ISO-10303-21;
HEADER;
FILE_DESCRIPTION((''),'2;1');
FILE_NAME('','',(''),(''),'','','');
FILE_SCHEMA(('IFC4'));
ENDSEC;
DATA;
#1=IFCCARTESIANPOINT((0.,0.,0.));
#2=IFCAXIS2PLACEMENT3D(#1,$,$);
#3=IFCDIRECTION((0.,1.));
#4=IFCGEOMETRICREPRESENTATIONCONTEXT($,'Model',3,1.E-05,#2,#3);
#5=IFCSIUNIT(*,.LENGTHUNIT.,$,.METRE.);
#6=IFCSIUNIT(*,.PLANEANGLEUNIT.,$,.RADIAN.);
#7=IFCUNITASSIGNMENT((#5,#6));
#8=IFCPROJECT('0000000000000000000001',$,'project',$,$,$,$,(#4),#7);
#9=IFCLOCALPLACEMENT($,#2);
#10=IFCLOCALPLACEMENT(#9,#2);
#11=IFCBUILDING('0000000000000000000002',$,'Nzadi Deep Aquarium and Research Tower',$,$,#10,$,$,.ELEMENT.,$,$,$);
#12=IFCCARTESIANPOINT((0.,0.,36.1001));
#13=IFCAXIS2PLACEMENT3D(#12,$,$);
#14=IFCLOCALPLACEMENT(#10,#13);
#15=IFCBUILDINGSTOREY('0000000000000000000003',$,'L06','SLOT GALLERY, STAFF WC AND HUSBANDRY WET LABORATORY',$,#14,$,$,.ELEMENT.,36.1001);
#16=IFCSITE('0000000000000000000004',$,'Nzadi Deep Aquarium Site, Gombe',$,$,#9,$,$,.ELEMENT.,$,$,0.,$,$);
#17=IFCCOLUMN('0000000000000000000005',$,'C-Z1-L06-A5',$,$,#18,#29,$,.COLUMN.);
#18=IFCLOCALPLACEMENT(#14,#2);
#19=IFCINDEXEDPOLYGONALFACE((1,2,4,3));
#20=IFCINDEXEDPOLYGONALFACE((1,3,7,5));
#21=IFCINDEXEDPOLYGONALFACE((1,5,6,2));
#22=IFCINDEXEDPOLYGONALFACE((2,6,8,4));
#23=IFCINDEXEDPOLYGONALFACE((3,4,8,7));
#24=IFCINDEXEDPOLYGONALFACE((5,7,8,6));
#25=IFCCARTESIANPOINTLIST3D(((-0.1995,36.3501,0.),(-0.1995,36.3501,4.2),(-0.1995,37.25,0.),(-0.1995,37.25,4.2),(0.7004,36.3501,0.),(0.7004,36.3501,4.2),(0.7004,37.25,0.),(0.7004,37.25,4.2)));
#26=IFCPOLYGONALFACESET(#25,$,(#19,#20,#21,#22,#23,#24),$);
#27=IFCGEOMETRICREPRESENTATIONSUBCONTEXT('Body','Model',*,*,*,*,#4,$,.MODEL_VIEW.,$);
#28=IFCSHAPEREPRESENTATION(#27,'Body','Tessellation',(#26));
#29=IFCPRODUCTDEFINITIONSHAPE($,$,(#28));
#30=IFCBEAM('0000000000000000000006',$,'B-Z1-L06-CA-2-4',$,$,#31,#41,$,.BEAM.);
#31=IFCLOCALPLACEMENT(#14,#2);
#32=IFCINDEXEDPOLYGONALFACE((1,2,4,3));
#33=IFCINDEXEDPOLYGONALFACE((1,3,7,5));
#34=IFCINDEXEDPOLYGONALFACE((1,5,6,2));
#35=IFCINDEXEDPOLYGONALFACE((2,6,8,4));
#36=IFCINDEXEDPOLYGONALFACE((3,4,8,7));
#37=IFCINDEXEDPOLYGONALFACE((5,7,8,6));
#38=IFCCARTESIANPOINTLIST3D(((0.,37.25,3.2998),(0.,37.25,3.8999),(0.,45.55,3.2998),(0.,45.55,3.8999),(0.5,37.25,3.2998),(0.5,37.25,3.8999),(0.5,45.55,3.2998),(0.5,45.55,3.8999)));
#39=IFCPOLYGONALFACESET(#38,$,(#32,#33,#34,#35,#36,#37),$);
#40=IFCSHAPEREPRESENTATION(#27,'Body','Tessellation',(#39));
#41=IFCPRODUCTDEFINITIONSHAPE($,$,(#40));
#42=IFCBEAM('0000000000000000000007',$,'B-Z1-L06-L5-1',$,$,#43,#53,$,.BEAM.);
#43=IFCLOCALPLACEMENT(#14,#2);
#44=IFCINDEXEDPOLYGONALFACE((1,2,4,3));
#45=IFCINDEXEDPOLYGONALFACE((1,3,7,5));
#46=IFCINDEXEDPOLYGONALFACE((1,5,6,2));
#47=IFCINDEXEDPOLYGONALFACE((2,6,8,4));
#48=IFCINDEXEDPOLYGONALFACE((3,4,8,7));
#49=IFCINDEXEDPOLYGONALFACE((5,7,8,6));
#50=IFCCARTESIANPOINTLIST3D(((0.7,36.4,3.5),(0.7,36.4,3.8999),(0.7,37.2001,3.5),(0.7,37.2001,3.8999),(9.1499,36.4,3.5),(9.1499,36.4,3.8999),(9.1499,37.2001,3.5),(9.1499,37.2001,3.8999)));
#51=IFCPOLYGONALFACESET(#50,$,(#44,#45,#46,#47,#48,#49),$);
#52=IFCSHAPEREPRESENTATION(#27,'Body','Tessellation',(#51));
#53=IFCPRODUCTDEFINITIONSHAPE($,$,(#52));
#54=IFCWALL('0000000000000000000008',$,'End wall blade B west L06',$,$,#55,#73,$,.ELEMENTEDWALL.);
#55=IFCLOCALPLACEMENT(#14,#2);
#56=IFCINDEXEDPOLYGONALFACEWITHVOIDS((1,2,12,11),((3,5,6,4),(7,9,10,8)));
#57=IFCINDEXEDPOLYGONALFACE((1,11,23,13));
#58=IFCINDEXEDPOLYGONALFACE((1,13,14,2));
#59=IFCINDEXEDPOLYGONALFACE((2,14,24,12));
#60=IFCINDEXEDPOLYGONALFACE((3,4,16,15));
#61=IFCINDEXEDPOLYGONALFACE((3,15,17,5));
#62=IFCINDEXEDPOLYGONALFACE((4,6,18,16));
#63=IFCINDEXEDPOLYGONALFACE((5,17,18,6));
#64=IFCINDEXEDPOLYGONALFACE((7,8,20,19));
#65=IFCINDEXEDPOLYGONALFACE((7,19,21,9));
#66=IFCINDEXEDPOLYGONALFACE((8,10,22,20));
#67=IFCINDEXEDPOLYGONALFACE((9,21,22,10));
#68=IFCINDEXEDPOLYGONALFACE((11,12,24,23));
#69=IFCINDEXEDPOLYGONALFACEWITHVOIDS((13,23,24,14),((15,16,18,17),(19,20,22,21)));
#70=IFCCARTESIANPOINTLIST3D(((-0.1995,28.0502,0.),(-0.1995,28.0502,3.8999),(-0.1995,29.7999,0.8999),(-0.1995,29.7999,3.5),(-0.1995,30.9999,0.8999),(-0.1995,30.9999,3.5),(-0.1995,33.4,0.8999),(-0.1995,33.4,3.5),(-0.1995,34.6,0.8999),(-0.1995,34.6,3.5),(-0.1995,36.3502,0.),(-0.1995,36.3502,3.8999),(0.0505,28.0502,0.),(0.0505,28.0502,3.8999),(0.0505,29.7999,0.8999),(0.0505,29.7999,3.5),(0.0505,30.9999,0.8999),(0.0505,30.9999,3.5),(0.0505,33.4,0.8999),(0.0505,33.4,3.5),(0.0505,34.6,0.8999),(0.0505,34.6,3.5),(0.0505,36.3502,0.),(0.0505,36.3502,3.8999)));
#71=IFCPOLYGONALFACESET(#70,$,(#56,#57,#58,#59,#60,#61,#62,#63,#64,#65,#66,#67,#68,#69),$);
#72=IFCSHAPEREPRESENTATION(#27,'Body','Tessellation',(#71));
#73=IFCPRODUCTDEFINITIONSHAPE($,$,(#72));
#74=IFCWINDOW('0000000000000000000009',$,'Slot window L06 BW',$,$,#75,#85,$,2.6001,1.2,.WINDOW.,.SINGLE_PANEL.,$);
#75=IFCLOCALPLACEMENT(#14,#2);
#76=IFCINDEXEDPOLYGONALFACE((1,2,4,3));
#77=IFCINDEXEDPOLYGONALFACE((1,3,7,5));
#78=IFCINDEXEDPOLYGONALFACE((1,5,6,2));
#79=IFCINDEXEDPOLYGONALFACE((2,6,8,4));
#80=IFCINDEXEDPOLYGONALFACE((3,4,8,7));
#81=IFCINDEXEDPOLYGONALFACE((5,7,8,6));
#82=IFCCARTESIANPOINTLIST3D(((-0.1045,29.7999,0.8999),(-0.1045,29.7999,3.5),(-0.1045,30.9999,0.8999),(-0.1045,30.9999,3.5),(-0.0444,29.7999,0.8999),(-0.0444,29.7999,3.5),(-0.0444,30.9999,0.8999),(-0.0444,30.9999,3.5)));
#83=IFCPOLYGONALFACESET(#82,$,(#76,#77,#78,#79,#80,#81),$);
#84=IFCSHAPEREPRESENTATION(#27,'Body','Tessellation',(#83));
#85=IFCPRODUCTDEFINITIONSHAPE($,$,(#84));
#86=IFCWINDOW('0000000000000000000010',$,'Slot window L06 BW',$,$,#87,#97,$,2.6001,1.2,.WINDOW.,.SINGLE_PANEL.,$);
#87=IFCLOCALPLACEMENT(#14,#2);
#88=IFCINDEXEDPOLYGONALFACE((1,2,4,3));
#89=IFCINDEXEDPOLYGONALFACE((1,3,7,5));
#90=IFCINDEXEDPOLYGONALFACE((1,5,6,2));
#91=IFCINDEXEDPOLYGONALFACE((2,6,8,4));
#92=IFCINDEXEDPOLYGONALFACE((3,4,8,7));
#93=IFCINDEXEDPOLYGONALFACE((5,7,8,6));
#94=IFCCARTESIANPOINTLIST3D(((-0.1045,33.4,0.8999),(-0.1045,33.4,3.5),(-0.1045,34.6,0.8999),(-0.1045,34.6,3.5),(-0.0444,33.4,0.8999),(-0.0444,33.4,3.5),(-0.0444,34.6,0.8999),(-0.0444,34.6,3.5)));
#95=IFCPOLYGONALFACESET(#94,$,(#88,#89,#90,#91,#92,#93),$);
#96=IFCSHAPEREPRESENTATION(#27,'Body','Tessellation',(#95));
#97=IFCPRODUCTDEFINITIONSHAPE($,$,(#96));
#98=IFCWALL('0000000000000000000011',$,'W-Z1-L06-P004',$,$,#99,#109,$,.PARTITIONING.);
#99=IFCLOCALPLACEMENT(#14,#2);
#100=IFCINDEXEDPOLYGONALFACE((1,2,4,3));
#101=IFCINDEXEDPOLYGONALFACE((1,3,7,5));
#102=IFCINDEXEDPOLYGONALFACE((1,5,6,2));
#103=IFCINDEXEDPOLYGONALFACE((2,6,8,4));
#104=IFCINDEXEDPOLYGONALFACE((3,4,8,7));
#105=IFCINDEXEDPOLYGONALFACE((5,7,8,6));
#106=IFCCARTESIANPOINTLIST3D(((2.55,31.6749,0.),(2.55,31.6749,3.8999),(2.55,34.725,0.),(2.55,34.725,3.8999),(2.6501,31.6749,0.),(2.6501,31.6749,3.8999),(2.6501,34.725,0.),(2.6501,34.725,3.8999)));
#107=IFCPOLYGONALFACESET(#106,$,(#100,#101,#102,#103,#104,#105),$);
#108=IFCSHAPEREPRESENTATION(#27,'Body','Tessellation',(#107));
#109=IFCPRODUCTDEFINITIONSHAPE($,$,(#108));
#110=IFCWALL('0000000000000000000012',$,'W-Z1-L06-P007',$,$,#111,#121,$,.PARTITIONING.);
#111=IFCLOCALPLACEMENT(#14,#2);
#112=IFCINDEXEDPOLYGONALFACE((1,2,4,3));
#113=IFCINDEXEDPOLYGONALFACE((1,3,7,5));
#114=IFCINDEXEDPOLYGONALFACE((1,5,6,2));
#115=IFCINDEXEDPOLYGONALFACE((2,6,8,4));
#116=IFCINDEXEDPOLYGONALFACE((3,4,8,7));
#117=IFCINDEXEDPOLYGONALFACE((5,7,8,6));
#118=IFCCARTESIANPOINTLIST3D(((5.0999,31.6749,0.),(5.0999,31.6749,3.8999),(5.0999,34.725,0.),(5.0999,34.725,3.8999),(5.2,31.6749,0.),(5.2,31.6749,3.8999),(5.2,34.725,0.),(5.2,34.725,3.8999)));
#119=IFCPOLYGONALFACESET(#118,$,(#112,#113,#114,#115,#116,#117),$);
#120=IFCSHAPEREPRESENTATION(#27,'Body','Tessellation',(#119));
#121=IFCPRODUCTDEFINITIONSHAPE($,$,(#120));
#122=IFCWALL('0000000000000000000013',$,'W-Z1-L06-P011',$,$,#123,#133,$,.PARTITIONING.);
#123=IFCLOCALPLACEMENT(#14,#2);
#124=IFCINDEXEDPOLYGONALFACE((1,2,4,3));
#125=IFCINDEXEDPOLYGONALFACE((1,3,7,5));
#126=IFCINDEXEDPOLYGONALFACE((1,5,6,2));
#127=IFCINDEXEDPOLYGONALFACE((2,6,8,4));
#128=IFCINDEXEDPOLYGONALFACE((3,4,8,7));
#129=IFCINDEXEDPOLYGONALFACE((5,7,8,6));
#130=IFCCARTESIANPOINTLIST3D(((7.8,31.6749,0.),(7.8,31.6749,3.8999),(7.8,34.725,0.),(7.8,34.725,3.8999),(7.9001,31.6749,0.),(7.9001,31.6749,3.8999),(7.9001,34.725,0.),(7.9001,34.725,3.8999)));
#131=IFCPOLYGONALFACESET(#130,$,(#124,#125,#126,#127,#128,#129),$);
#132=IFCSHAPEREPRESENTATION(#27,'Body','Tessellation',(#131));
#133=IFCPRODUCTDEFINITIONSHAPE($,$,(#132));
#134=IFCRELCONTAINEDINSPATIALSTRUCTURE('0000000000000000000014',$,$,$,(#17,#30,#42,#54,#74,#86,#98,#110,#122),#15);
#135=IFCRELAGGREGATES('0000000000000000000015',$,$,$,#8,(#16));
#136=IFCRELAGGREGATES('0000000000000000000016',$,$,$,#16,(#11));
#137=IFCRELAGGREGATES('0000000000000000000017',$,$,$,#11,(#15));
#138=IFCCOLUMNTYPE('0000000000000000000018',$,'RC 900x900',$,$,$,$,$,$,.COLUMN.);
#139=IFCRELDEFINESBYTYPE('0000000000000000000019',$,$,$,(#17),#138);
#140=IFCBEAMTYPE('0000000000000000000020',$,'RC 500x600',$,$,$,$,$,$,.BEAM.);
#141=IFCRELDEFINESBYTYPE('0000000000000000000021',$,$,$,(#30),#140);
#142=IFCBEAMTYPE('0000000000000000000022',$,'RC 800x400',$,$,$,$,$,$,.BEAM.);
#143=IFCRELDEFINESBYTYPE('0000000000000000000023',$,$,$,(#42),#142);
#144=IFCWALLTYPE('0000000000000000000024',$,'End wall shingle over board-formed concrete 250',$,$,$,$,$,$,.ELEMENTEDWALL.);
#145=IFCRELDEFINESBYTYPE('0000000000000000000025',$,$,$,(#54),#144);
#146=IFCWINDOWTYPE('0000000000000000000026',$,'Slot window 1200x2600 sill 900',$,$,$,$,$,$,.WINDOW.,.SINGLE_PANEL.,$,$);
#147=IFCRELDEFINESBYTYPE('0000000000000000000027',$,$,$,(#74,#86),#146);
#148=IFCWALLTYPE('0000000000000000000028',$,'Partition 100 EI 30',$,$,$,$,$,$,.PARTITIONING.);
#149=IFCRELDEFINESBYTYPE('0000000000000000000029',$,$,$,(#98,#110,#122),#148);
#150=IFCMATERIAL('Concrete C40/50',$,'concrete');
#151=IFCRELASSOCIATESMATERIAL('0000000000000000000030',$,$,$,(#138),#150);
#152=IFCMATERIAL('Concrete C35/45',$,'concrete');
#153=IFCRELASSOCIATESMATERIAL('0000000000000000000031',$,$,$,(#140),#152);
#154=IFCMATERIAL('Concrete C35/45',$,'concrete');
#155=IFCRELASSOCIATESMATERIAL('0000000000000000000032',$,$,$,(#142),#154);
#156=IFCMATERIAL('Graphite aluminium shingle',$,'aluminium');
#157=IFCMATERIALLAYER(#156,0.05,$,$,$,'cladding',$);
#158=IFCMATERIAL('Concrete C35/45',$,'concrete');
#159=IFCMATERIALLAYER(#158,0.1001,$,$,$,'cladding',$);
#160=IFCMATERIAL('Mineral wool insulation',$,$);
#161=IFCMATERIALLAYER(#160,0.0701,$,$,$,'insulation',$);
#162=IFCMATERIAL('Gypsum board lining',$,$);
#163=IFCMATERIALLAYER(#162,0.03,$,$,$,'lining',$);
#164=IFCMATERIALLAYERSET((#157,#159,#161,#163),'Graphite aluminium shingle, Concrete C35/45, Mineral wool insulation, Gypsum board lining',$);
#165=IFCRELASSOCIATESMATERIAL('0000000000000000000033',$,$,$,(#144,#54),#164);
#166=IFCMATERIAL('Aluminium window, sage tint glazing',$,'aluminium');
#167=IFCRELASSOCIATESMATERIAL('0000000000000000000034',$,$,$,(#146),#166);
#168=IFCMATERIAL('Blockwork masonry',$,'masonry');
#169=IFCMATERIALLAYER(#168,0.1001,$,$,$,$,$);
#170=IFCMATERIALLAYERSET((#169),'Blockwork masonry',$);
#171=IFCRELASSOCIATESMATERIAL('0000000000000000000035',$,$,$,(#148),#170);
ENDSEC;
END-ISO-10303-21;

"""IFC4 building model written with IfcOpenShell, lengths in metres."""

from ifc_helpers import new_model, si_unit, direction, frame, frame_2d, origin, origin_2d, place, context, subcontext, project, spatial, rectangle, extrude, material, layer, layer_set, layer_usage, material_profile, profile_set, type_object, element, fill, save


model = new_model("IFC4")

# Units and contexts
model_context = context("Model", 3, precision=1e-05, world=origin(), true_north=direction((0.0, 1.0)))
body_context = subcontext(model_context, "Body", "Model", "MODEL_VIEW")
ifc_project = project(units=[si_unit("LENGTHUNIT", "METRE"), si_unit("PLANEANGLEUNIT", "RADIAN")], contexts=[model_context])

# Site, building, storey
site_placement = place(None, origin())
site = spatial("IfcSite", under=ifc_project, at=site_placement, Name="Nzadi Deep Aquarium Site, Gombe", CompositionType="ELEMENT", RefElevation=0.0)
building_placement = place(site_placement, origin())
building = spatial("IfcBuilding", under=site, at=building_placement, Name="Nzadi Deep Aquarium and Research Tower", CompositionType="ELEMENT")
storey_placement = place(building_placement, frame((0.0, 0.0, 36.1001)))
storey = spatial("IfcBuildingStorey", under=building, at=storey_placement, Name="L06", Description="SLOT GALLERY, STAFF WC AND HUSBANDRY WET LABORATORY", CompositionType="ELEMENT", Elevation=36.1001)

# Column
ifc_material_1 = material(Name="Concrete C40/50", Category="concrete")
ifc_material_profile_1 = material_profile(ifc_material_1, rectangle(XDim=0.8999, YDim=0.8999, at=origin_2d()))
ifc_profile_set_1 = profile_set([ifc_material_profile_1], Name="Concrete C40/50")
column_type = type_object("IfcColumnType", Name="RC 900x900", PredefinedType="COLUMN", material=ifc_profile_set_1)
column_placement = place(storey_placement, frame((0.2505, 36.8, 0.0), z_axis=(0.0, 0.0, 1.0), x_axis=(1.0, 0.0, 0.0)))
element("IfcColumn", 1, at=column_placement, inside=storey, type_object=column_type, Name="C-Z1-L06-A5", PredefinedType="COLUMN", context=body_context, shape_type="SweptSolid", body=[
    extrude(rectangle(XDim=0.8999, YDim=0.8999, at=origin_2d()), origin(), (0.0, 0.0, 1.0), 4.2),
])

# Beams
ifc_material_2 = material(Name="Concrete C35/45", Category="concrete")
ifc_material_profile_2 = material_profile(ifc_material_2, rectangle(XDim=0.5, YDim=0.6001, at=origin_2d()))
ifc_profile_set_2 = profile_set([ifc_material_profile_2], Name="Concrete C35/45")
beam_type_1 = type_object("IfcBeamType", Name="RC 500x600", PredefinedType="BEAM", material=ifc_profile_set_2)
beam_1_placement = place(storey_placement, frame((0.25, 37.25, 3.5999), z_axis=(0.0, 1.0, 0.0), x_axis=(-1.0, 0.0, 0.0)))
element("IfcBeam", 2, at=beam_1_placement, inside=storey, type_object=beam_type_1, Name="B-Z1-L06-CA-2-4", PredefinedType="BEAM", context=body_context, shape_type="SweptSolid", body=[
    extrude(rectangle(XDim=0.5, YDim=0.6001, at=origin_2d()), origin(), (0.0, 0.0, 1.0), 8.3),
])
ifc_material_3 = material(Name="Concrete C35/45", Category="concrete")
ifc_material_profile_3 = material_profile(ifc_material_3, rectangle(XDim=0.8, YDim=0.3999, at=origin_2d()))
ifc_profile_set_3 = profile_set([ifc_material_profile_3], Name="Concrete C35/45")
beam_type_2 = type_object("IfcBeamType", Name="RC 800x400", PredefinedType="BEAM", material=ifc_profile_set_3)
beam_2_placement = place(storey_placement, frame((0.7, 36.8, 3.7), z_axis=(1.0, 0.0, 0.0), x_axis=(0.0, 1.0, 0.0)))
element("IfcBeam", 3, at=beam_2_placement, inside=storey, type_object=beam_type_2, Name="B-Z1-L06-L5-1", PredefinedType="BEAM", context=body_context, shape_type="SweptSolid", body=[
    extrude(rectangle(XDim=0.8, YDim=0.3999, at=origin_2d()), origin(), (0.0, 0.0, 1.0), 8.45),
])

# Wall, openings, windows
ifc_material_4 = material(Name="Graphite aluminium shingle", Category="aluminium")
ifc_layer_1 = layer(ifc_material_4, 0.05, Category="cladding")
ifc_material_5 = material(Name="Concrete C35/45", Category="concrete")
ifc_layer_2 = layer(ifc_material_5, 0.1001, Category="cladding")
ifc_material_6 = material(Name="Mineral wool insulation")
ifc_layer_3 = layer(ifc_material_6, 0.0701, Category="insulation")
ifc_material_7 = material(Name="Gypsum board lining")
ifc_layer_4 = layer(ifc_material_7, 0.03, Category="lining")
ifc_layer_set_1 = layer_set([ifc_layer_1, ifc_layer_2, ifc_layer_3, ifc_layer_4], Name="Graphite aluminium shingle, Concrete C35/45, Mineral wool insulation, Gypsum board lining")
ifc_layer_usage = layer_usage(ifc_layer_set_1, "AXIS2", "POSITIVE", -0.125)
wall_type_1 = type_object("IfcWallType", Name="End wall shingle over board-formed concrete 250", PredefinedType="ELEMENTEDWALL", material=ifc_layer_set_1)
wall_1_placement = place(storey_placement, frame((-0.0745, 36.3501, 0.0), z_axis=(0.0, 0.0, 1.0), x_axis=(0.0, -1.0, 0.0)))
wall_1 = element("IfcWall", 4, at=wall_1_placement, inside=storey, type_object=wall_type_1, material=ifc_layer_usage, Name="End wall blade B west L06", PredefinedType="ELEMENTEDWALL", context=body_context, shape_type="SweptSolid", body=[
    extrude(rectangle(XDim=8.3, YDim=0.25, at=frame_2d((4.1499, 0.0))), origin(), (0.0, 0.0, 1.0), 3.8999),
])
opening_1_placement = place(wall_1_placement, frame((5.3501, 0.0, 0.8999)))
opening_1 = element("IfcOpeningElement", 5, at=opening_1_placement, cuts=wall_1, PredefinedType="OPENING", context=body_context, shape_type="SweptSolid", body=[
    extrude(rectangle(XDim=1.2, YDim=2.6001, at=frame_2d((0.6001, 1.3))), frame((0.0, 0.135, 0.0), z_axis=(0.0, -1.0, 0.0), x_axis=(1.0, 0.0, 0.0)), (0.0, 0.0, 1.0), 0.27),
])
opening_2_placement = place(wall_1_placement, frame((1.75, 0.0, 0.8999)))
opening_2 = element("IfcOpeningElement", 6, at=opening_2_placement, cuts=wall_1, PredefinedType="OPENING", context=body_context, shape_type="SweptSolid", body=[
    extrude(rectangle(XDim=1.2, YDim=2.6001, at=frame_2d((0.6001, 1.3))), frame((0.0, 0.135, 0.0), z_axis=(0.0, -1.0, 0.0), x_axis=(1.0, 0.0, 0.0)), (0.0, 0.0, 1.0), 0.27),
])
ifc_material_8 = material(Name="Aluminium window, sage tint glazing", Category="aluminium")
window_type = type_object("IfcWindowType", Name="Slot window 1200x2600 sill 900", PartitioningType="SINGLE_PANEL", PredefinedType="WINDOW", material=ifc_material_8)
window_1_placement = place(opening_1_placement, origin())
window_1 = element("IfcWindow", 7, at=window_1_placement, inside=storey, type_object=window_type, Name="Slot window L06 BW", OverallHeight=2.6001, OverallWidth=1.2, PartitioningType="SINGLE_PANEL", PredefinedType="WINDOW", context=body_context, shape_type="SweptSolid", body=[
    extrude(rectangle(XDim=1.2, YDim=2.6001, at=frame_2d((0.6001, 1.3))), frame((0.0, 0.03, 0.0), z_axis=(0.0, -1.0, 0.0), x_axis=(1.0, 0.0, 0.0)), (0.0, 0.0, 1.0), 0.0601),
])
fill(opening_1, window_1)
window_2_placement = place(opening_2_placement, origin())
window_2 = element("IfcWindow", 8, at=window_2_placement, inside=storey, type_object=window_type, Name="Slot window L06 BW", OverallHeight=2.6001, OverallWidth=1.2, PartitioningType="SINGLE_PANEL", PredefinedType="WINDOW", context=body_context, shape_type="SweptSolid", body=[
    extrude(rectangle(XDim=1.2, YDim=2.6001, at=frame_2d((0.6001, 1.3))), frame((0.0, 0.03, 0.0), z_axis=(0.0, -1.0, 0.0), x_axis=(1.0, 0.0, 0.0)), (0.0, 0.0, 1.0), 0.0601),
])
fill(opening_2, window_2)

# Walls
ifc_material_9 = material(Name="Blockwork masonry", Category="masonry")
ifc_layer_5 = layer(ifc_material_9, 0.1001)
ifc_layer_set_2 = layer_set([ifc_layer_5], Name="Blockwork masonry")
wall_type_2 = type_object("IfcWallType", Name="Partition 100 EI 30", PredefinedType="PARTITIONING", material=ifc_layer_set_2)
for number, where, z_axis, x_axis, name in (
    (9, (2.6001, 31.675, 0.0), (0.0, 0.0, 1.0), (0.0, 1.0, 0.0), "W-Z1-L06-P004"),
    (10, (5.1499, 31.675, 0.0), (0.0, 0.0, 1.0), (0.0, 1.0, 0.0), "W-Z1-L06-P007"),
    (11, (7.8501, 31.675, 0.0), (0.0, 0.0, 1.0), (0.0, 1.0, 0.0), "W-Z1-L06-P011"),
):
    element("IfcWall", number, at=place(storey_placement, frame(where, z_axis=z_axis, x_axis=x_axis)), inside=storey, type_object=wall_type_2, Name=name, PredefinedType="PARTITIONING", context=body_context, shape_type="SweptSolid", body=[
        extrude(rectangle(XDim=3.05, YDim=0.1001, at=frame_2d((1.5249, 0.0))), origin(), (0.0, 0.0, 1.0), 3.8999),
    ])

save(model, "model.ifc")
